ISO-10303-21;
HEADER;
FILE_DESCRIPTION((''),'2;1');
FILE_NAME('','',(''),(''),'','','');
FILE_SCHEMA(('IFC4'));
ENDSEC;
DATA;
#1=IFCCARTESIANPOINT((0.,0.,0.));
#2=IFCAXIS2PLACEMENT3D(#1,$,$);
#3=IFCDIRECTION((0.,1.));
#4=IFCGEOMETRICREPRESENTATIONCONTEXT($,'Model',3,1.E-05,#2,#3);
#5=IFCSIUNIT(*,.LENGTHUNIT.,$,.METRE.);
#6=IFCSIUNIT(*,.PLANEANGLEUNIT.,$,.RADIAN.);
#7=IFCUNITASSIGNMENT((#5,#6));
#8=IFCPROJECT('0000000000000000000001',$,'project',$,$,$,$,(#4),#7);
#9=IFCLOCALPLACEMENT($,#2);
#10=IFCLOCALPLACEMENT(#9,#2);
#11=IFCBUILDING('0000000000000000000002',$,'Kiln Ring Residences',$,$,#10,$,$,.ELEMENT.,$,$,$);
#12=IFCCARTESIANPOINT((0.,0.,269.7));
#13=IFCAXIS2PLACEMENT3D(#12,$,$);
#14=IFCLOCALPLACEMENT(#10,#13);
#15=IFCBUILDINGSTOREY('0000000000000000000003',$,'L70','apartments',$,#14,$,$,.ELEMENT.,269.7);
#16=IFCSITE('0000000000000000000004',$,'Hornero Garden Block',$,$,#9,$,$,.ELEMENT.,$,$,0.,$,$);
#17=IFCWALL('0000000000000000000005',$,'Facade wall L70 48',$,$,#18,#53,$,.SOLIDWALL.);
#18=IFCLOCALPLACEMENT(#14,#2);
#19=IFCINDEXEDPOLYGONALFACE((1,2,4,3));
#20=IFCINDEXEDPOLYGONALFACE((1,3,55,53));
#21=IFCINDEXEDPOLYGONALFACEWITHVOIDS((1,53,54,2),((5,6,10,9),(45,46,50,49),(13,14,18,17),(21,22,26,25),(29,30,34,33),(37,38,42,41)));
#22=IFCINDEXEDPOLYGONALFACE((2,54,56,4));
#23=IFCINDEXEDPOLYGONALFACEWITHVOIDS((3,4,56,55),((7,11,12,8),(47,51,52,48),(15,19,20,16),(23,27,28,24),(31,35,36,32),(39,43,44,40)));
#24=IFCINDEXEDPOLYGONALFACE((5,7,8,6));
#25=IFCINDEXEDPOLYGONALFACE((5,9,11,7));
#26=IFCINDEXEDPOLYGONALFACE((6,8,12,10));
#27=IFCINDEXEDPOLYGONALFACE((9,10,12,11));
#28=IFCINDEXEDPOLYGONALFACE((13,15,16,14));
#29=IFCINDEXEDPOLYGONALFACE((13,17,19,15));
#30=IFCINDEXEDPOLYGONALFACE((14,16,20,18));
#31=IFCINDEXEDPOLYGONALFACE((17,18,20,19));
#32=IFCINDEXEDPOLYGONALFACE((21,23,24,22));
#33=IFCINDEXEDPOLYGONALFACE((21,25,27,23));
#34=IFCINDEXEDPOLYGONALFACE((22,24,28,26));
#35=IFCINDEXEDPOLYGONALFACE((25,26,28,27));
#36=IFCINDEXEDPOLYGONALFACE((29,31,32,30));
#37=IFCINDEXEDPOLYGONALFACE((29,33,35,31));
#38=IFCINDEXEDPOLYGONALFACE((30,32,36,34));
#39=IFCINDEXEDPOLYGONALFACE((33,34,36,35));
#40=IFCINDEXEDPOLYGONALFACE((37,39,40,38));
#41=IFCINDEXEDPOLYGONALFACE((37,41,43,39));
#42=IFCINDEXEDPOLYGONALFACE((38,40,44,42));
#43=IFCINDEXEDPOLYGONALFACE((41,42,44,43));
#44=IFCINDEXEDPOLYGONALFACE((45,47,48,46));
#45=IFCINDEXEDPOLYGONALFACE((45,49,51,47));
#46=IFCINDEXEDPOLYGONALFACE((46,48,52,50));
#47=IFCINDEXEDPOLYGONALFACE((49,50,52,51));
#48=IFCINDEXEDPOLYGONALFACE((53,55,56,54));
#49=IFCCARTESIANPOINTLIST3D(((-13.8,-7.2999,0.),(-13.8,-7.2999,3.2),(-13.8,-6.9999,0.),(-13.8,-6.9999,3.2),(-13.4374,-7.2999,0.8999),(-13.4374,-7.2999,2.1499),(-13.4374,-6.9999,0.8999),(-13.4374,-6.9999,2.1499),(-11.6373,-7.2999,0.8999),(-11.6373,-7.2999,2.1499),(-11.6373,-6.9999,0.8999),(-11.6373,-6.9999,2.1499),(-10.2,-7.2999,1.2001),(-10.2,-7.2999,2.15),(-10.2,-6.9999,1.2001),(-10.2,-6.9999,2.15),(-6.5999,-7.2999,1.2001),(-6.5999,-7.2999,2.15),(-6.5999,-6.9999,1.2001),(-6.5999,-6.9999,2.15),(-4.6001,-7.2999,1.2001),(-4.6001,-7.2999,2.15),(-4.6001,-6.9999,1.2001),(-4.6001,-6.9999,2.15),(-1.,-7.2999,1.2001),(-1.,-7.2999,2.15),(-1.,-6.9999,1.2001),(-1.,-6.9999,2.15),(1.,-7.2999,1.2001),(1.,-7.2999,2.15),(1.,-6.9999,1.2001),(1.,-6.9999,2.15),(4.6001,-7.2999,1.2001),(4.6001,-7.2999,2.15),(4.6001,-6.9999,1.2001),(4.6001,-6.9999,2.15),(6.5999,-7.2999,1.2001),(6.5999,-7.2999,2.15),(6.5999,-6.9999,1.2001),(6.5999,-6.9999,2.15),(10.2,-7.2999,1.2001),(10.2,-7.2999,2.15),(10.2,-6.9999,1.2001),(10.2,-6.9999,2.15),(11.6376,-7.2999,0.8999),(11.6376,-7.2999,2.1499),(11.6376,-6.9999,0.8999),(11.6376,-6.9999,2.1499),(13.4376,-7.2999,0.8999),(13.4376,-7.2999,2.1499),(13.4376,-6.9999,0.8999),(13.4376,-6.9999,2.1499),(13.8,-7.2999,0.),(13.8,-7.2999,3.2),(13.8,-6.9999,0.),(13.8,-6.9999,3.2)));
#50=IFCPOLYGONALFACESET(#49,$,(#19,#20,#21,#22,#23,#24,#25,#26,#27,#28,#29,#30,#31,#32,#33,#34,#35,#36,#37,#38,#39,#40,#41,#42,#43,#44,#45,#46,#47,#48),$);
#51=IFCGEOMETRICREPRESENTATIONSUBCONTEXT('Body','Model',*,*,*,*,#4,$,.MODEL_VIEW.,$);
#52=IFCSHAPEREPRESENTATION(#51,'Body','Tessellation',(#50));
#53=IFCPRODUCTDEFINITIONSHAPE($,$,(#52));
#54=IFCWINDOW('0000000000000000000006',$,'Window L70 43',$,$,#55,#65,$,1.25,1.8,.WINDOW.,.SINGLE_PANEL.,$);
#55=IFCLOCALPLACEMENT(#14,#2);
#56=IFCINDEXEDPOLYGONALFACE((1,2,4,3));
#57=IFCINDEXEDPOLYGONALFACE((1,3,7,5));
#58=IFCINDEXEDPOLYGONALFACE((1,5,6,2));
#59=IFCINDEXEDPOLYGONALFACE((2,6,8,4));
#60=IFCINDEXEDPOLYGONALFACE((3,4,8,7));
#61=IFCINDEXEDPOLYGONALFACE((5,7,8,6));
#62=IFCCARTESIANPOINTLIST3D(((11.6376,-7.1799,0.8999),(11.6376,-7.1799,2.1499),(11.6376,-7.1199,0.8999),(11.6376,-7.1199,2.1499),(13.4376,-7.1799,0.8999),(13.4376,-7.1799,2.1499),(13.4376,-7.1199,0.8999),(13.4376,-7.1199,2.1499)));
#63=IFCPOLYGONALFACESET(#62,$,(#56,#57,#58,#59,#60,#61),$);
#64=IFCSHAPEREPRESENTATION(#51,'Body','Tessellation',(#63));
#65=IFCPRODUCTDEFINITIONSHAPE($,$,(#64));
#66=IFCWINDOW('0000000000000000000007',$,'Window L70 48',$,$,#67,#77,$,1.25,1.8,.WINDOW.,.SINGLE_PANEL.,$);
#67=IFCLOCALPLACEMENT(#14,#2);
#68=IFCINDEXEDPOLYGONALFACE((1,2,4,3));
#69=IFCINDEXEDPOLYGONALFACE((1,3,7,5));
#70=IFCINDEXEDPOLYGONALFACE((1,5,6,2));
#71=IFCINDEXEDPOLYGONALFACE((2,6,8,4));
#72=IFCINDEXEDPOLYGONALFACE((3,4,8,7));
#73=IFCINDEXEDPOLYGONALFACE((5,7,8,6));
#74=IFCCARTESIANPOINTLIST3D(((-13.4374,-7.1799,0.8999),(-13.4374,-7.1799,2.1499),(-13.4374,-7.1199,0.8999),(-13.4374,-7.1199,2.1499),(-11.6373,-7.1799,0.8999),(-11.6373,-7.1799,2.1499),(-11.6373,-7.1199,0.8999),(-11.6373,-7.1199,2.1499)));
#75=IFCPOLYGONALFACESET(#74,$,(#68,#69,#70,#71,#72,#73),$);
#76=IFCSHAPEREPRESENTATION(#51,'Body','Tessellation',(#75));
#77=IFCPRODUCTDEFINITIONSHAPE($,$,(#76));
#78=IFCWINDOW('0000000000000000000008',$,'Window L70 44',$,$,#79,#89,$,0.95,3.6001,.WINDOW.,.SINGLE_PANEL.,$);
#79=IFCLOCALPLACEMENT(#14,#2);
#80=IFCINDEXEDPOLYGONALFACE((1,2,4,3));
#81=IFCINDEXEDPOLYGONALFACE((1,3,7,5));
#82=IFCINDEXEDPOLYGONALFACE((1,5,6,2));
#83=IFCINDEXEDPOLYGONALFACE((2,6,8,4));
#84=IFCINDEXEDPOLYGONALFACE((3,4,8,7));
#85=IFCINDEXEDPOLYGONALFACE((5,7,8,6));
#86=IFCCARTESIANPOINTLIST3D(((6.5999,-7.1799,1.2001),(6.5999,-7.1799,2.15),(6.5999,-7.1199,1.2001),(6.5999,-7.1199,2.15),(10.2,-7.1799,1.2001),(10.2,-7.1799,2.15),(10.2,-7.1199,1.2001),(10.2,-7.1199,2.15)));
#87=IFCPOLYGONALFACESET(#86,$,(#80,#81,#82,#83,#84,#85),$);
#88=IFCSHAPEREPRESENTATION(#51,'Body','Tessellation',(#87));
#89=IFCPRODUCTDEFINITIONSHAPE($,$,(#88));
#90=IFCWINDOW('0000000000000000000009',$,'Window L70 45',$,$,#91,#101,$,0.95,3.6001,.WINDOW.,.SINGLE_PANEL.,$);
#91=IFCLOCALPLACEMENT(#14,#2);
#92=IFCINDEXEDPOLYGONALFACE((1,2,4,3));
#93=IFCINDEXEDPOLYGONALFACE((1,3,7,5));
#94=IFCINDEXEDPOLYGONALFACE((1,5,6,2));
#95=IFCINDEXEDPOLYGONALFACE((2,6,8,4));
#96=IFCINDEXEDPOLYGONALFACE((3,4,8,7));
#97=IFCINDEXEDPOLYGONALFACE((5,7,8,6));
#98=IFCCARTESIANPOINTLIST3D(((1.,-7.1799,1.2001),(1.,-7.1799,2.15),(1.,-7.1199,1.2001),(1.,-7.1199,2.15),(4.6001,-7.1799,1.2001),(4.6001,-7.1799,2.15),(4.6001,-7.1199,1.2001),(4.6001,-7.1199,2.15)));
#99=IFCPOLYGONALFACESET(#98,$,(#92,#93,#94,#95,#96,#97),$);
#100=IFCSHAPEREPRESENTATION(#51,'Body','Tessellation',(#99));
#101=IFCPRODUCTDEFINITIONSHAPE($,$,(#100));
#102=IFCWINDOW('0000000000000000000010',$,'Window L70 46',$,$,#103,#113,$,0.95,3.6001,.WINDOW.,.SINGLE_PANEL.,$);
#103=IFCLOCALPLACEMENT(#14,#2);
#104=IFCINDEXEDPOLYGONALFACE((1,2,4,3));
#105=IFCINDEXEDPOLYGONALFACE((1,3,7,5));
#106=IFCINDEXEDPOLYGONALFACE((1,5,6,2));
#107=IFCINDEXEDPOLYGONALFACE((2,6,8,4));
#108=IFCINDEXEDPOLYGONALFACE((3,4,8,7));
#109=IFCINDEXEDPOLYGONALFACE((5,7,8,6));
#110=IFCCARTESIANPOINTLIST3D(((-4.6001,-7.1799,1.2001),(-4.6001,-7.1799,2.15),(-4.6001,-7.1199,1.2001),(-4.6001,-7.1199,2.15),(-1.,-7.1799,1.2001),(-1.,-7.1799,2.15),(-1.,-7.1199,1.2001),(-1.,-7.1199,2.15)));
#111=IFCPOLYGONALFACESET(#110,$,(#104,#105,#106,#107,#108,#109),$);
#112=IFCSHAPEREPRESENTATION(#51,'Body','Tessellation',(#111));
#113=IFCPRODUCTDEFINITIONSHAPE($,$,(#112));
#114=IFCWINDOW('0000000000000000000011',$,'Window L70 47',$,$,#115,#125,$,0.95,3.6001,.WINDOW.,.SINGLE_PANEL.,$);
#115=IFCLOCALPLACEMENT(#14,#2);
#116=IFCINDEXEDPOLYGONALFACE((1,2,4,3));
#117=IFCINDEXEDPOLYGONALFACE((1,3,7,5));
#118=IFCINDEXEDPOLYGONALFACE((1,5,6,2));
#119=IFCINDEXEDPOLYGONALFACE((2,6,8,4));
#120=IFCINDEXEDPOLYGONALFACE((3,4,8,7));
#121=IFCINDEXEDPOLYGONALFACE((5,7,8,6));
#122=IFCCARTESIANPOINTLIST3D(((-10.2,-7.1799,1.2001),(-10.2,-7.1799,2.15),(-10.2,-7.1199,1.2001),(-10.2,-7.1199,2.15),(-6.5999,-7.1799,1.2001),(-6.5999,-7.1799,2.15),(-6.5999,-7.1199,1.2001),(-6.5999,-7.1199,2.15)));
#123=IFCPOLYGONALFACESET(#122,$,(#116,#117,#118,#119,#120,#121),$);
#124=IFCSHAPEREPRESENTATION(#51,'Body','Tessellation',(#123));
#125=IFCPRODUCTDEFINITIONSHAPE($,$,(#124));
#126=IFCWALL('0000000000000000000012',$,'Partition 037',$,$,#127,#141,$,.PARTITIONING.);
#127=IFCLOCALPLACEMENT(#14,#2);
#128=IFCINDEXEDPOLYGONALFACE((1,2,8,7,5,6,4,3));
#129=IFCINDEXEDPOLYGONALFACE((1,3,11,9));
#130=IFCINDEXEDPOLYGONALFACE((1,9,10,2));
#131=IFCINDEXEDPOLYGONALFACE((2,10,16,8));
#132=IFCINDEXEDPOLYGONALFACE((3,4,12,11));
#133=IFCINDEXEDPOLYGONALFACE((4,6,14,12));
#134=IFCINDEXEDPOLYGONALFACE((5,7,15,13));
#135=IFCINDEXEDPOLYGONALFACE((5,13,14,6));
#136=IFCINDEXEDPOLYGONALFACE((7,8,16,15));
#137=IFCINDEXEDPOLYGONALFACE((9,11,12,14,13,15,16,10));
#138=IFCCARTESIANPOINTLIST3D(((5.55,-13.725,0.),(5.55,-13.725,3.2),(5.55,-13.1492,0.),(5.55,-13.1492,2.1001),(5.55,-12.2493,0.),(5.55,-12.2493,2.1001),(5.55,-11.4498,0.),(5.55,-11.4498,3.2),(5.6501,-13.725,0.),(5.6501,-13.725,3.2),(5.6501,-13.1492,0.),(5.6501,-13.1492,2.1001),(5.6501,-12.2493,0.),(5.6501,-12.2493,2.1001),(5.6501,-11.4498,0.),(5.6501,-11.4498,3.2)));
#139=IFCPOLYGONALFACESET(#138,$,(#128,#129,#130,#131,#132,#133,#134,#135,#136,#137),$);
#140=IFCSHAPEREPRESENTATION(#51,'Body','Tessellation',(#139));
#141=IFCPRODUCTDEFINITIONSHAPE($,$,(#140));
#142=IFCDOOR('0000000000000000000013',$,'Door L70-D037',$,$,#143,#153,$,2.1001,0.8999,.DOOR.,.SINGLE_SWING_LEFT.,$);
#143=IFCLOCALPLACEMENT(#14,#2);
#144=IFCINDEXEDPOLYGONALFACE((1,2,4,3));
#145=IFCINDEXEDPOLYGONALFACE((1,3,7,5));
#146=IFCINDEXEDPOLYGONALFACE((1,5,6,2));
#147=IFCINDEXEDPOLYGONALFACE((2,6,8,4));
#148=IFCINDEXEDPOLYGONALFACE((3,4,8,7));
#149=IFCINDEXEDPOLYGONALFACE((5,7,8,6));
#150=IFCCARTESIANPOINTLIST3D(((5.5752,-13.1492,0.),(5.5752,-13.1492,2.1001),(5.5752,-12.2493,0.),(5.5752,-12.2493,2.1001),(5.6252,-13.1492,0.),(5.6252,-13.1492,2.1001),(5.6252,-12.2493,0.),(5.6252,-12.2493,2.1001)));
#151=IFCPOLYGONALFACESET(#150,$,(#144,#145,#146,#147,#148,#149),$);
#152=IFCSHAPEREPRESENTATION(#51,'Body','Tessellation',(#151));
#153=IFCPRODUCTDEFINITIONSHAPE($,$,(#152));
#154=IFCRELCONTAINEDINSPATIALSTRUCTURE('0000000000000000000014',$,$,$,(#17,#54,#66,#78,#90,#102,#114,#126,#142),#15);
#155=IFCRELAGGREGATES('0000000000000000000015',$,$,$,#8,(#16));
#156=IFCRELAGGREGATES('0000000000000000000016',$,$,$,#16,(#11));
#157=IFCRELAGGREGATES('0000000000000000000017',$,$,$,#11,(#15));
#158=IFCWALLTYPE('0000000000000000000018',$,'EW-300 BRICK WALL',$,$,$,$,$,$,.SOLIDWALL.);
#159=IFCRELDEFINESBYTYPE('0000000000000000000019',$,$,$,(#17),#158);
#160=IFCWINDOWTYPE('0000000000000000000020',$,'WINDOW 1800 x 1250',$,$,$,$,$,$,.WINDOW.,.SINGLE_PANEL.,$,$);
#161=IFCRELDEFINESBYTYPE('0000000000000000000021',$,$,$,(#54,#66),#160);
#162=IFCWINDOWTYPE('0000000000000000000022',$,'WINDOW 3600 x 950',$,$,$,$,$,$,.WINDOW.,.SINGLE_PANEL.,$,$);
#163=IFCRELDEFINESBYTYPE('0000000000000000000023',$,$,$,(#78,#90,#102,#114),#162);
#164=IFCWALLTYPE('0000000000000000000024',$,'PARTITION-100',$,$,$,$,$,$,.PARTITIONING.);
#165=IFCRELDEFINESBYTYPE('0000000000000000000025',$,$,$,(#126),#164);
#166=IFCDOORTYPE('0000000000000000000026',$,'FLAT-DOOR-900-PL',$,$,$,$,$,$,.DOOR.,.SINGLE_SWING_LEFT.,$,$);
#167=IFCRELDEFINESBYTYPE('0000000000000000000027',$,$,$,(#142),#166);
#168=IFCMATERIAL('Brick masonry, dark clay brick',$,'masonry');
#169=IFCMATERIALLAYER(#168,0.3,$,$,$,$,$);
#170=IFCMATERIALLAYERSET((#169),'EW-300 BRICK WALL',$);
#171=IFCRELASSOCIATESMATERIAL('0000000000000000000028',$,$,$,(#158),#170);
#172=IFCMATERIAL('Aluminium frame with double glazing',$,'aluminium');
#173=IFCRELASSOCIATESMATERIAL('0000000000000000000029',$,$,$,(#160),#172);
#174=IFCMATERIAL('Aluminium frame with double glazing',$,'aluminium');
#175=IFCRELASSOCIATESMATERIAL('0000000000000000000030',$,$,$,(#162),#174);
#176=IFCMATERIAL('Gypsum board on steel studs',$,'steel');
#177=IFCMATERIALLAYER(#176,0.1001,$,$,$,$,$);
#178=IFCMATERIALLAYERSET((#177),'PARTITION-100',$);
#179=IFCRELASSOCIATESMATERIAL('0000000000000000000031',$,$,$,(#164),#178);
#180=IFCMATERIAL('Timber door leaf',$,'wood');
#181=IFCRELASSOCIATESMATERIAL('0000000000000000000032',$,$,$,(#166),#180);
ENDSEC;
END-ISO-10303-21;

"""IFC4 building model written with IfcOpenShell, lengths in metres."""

from ifc_helpers import new_model, si_unit, direction, frame, frame_2d, origin, place, context, subcontext, project, spatial, rectangle, extrude, material, layer, layer_set, type_object, element, fill, save


model = new_model("IFC4")

# Units and contexts
model_context = context("Model", 3, precision=1e-05, world=origin(), true_north=direction((0.0, 1.0)))
body_context = subcontext(model_context, "Body", "Model", "MODEL_VIEW")
ifc_project = project(units=[si_unit("LENGTHUNIT", "METRE"), si_unit("PLANEANGLEUNIT", "RADIAN")], contexts=[model_context])

# Site, building, storey
site_placement = place(None, origin())
site = spatial("IfcSite", under=ifc_project, at=site_placement, Name="Hornero Garden Block", CompositionType="ELEMENT", RefElevation=0.0)
building_placement = place(site_placement, origin())
building = spatial("IfcBuilding", under=site, at=building_placement, Name="Kiln Ring Residences", CompositionType="ELEMENT")
storey_placement = place(building_placement, frame((0.0, 0.0, 269.7)))
storey = spatial("IfcBuildingStorey", under=building, at=storey_placement, Name="L70", Description="apartments", CompositionType="ELEMENT", Elevation=269.7)

# Wall, openings, windows
ifc_material_1 = material(Name="Brick masonry, dark clay brick", Category="masonry")
ifc_layer_1 = layer(ifc_material_1, 0.3)
ifc_layer_set_1 = layer_set([ifc_layer_1], Name="EW-300 BRICK WALL")
wall_type_1 = type_object("IfcWallType", Name="EW-300 BRICK WALL", PredefinedType="SOLIDWALL", material=ifc_layer_set_1)
wall_1_placement = place(storey_placement, frame((13.8, -7.1499, 0.0), z_axis=(0.0, 0.0, 1.0), x_axis=(-1.0, 0.0, 0.0)))
wall_1 = element("IfcWall", 1, at=wall_1_placement, inside=storey, type_object=wall_type_1, Name="Facade wall L70 48", PredefinedType="SOLIDWALL", context=body_context, shape_type="SweptSolid", body=[
    extrude(rectangle(XDim=27.6001, YDim=0.3, at=frame_2d((13.8, 0.0))), origin(), (0.0, 0.0, 1.0), 3.2),
])
opening_1_placement = place(wall_1_placement, frame((0.3625, 0.0, 0.8999)))
opening_1 = element("IfcOpeningElement", 2, at=opening_1_placement, cuts=wall_1, PredefinedType="OPENING", context=body_context, shape_type="SweptSolid", body=[
    extrude(rectangle(XDim=1.8, YDim=1.25, at=frame_2d((0.8999, 0.625))), frame((0.0, 0.1599, 0.0), z_axis=(0.0, -1.0, 0.0), x_axis=(1.0, 0.0, 0.0)), (0.0, 0.0, 1.0), 0.3201),
])
opening_2_placement = place(wall_1_placement, frame((3.6001, 0.0, 1.2)))
opening_2 = element("IfcOpeningElement", 3, at=opening_2_placement, cuts=wall_1, PredefinedType="OPENING", context=body_context, shape_type="SweptSolid", body=[
    extrude(rectangle(XDim=3.6001, YDim=0.95, at=frame_2d((1.8, 0.4751))), frame((0.0, 0.1599, 0.0), z_axis=(0.0, -1.0, 0.0), x_axis=(1.0, 0.0, 0.0)), (0.0, 0.0, 1.0), 0.3201),
])
opening_3_placement = place(wall_1_placement, frame((9.2, 0.0, 1.2)))
opening_3 = element("IfcOpeningElement", 4, at=opening_3_placement, cuts=wall_1, PredefinedType="OPENING", context=body_context, shape_type="SweptSolid", body=[
    extrude(rectangle(XDim=3.6001, YDim=0.95, at=frame_2d((1.8, 0.4751))), frame((0.0, 0.1599, 0.0), z_axis=(0.0, -1.0, 0.0), x_axis=(1.0, 0.0, 0.0)), (0.0, 0.0, 1.0), 0.3201),
])
opening_4_placement = place(wall_1_placement, frame((14.8, 0.0, 1.2)))
opening_4 = element("IfcOpeningElement", 5, at=opening_4_placement, cuts=wall_1, PredefinedType="OPENING", context=body_context, shape_type="SweptSolid", body=[
    extrude(rectangle(XDim=3.6001, YDim=0.95, at=frame_2d((1.8, 0.4751))), frame((0.0, 0.1599, 0.0), z_axis=(0.0, -1.0, 0.0), x_axis=(1.0, 0.0, 0.0)), (0.0, 0.0, 1.0), 0.3201),
])
opening_5_placement = place(wall_1_placement, frame((20.3999, 0.0, 1.2)))
opening_5 = element("IfcOpeningElement", 6, at=opening_5_placement, cuts=wall_1, PredefinedType="OPENING", context=body_context, shape_type="SweptSolid", body=[
    extrude(rectangle(XDim=3.6001, YDim=0.95, at=frame_2d((1.8, 0.4751))), frame((0.0, 0.1599, 0.0), z_axis=(0.0, -1.0, 0.0), x_axis=(1.0, 0.0, 0.0)), (0.0, 0.0, 1.0), 0.3201),
])
opening_6_placement = place(wall_1_placement, frame((25.4375, 0.0, 0.8999)))
opening_6 = element("IfcOpeningElement", 7, at=opening_6_placement, cuts=wall_1, PredefinedType="OPENING", context=body_context, shape_type="SweptSolid", body=[
    extrude(rectangle(XDim=1.8, YDim=1.25, at=frame_2d((0.8999, 0.625))), frame((0.0, 0.1599, 0.0), z_axis=(0.0, -1.0, 0.0), x_axis=(1.0, 0.0, 0.0)), (0.0, 0.0, 1.0), 0.3201),
])
ifc_material_2 = material(Name="Aluminium frame with double glazing", Category="aluminium")
window_type_1 = type_object("IfcWindowType", Name="WINDOW 1800 x 1250", PartitioningType="SINGLE_PANEL", PredefinedType="WINDOW", material=ifc_material_2)
window_1_placement = place(opening_1_placement, origin())
window_1 = element("IfcWindow", 8, at=window_1_placement, inside=storey, type_object=window_type_1, Name="Window L70 43", OverallHeight=1.25, OverallWidth=1.8, PartitioningType="SINGLE_PANEL", PredefinedType="WINDOW", context=body_context, shape_type="SweptSolid", body=[
    extrude(rectangle(XDim=1.8, YDim=1.25, at=frame_2d((0.8999, 0.625))), frame((0.0, 0.03, 0.0), z_axis=(0.0, -1.0, 0.0), x_axis=(1.0, 0.0, 0.0)), (0.0, 0.0, 1.0), 0.0601),
])
fill(opening_1, window_1)
window_2_placement = place(opening_6_placement, origin())
window_2 = element("IfcWindow", 9, at=window_2_placement, inside=storey, type_object=window_type_1, Name="Window L70 48", OverallHeight=1.25, OverallWidth=1.8, PartitioningType="SINGLE_PANEL", PredefinedType="WINDOW", context=body_context, shape_type="SweptSolid", body=[
    extrude(rectangle(XDim=1.8, YDim=1.25, at=frame_2d((0.8999, 0.625))), frame((0.0, 0.03, 0.0), z_axis=(0.0, -1.0, 0.0), x_axis=(1.0, 0.0, 0.0)), (0.0, 0.0, 1.0), 0.0601),
])
fill(opening_6, window_2)
ifc_material_3 = material(Name="Aluminium frame with double glazing", Category="aluminium")
window_type_2 = type_object("IfcWindowType", Name="WINDOW 3600 x 950", PartitioningType="SINGLE_PANEL", PredefinedType="WINDOW", material=ifc_material_3)
window_3_placement = place(opening_2_placement, origin())
window_3 = element("IfcWindow", 10, at=window_3_placement, inside=storey, type_object=window_type_2, Name="Window L70 44", OverallHeight=0.95, OverallWidth=3.6001, PartitioningType="SINGLE_PANEL", PredefinedType="WINDOW", context=body_context, shape_type="SweptSolid", body=[
    extrude(rectangle(XDim=3.6001, YDim=0.95, at=frame_2d((1.8, 0.4751))), frame((0.0, 0.03, 0.0), z_axis=(0.0, -1.0, 0.0), x_axis=(1.0, 0.0, 0.0)), (0.0, 0.0, 1.0), 0.0601),
])
fill(opening_2, window_3)
window_4_placement = place(opening_3_placement, origin())
window_4 = element("IfcWindow", 11, at=window_4_placement, inside=storey, type_object=window_type_2, Name="Window L70 45", OverallHeight=0.95, OverallWidth=3.6001, PartitioningType="SINGLE_PANEL", PredefinedType="WINDOW", context=body_context, shape_type="SweptSolid", body=[
    extrude(rectangle(XDim=3.6001, YDim=0.95, at=frame_2d((1.8, 0.4751))), frame((0.0, 0.03, 0.0), z_axis=(0.0, -1.0, 0.0), x_axis=(1.0, 0.0, 0.0)), (0.0, 0.0, 1.0), 0.0601),
])
fill(opening_3, window_4)
window_5_placement = place(opening_4_placement, origin())
window_5 = element("IfcWindow", 12, at=window_5_placement, inside=storey, type_object=window_type_2, Name="Window L70 46", OverallHeight=0.95, OverallWidth=3.6001, PartitioningType="SINGLE_PANEL", PredefinedType="WINDOW", context=body_context, shape_type="SweptSolid", body=[
    extrude(rectangle(XDim=3.6001, YDim=0.95, at=frame_2d((1.8, 0.4751))), frame((0.0, 0.03, 0.0), z_axis=(0.0, -1.0, 0.0), x_axis=(1.0, 0.0, 0.0)), (0.0, 0.0, 1.0), 0.0601),
])
fill(opening_4, window_5)
window_6_placement = place(opening_5_placement, origin())
window_6 = element("IfcWindow", 13, at=window_6_placement, inside=storey, type_object=window_type_2, Name="Window L70 47", OverallHeight=0.95, OverallWidth=3.6001, PartitioningType="SINGLE_PANEL", PredefinedType="WINDOW", context=body_context, shape_type="SweptSolid", body=[
    extrude(rectangle(XDim=3.6001, YDim=0.95, at=frame_2d((1.8, 0.4751))), frame((0.0, 0.03, 0.0), z_axis=(0.0, -1.0, 0.0), x_axis=(1.0, 0.0, 0.0)), (0.0, 0.0, 1.0), 0.0601),
])
fill(opening_5, window_6)

# Wall, opening, door
ifc_material_4 = material(Name="Gypsum board on steel studs", Category="steel")
ifc_layer_2 = layer(ifc_material_4, 0.1001)
ifc_layer_set_2 = layer_set([ifc_layer_2], Name="PARTITION-100")
wall_type_2 = type_object("IfcWallType", Name="PARTITION-100", PredefinedType="PARTITIONING", material=ifc_layer_set_2)
wall_2_placement = place(storey_placement, frame((5.6001, -13.7251, 0.0), z_axis=(0.0, 0.0, 1.0), x_axis=(0.0, 1.0, 0.0)))
wall_2 = element("IfcWall", 14, at=wall_2_placement, inside=storey, type_object=wall_type_2, Name="Partition 037", PredefinedType="PARTITIONING", context=body_context, shape_type="SweptSolid", body=[
    extrude(rectangle(XDim=2.2751, YDim=0.1001, at=frame_2d((1.1377, 0.0))), origin(), (0.0, 0.0, 1.0), 3.2),
])
opening_7_placement = place(wall_2_placement, frame((0.5759, 0.0, 0.0)))
opening_7 = element("IfcOpeningElement", 15, at=opening_7_placement, cuts=wall_2, PredefinedType="OPENING", context=body_context, shape_type="SweptSolid", body=[
    extrude(rectangle(XDim=0.8999, YDim=2.1001, at=frame_2d((0.45, 1.05))), frame((0.0, 0.0601, 0.0), z_axis=(0.0, -1.0, 0.0), x_axis=(1.0, 0.0, 0.0)), (0.0, 0.0, 1.0), 0.1201),
])
ifc_material_5 = material(Name="Timber door leaf", Category="wood")
door_type_1 = type_object("IfcDoorType", Name="FLAT-DOOR-900-PL", OperationType="SINGLE_SWING_LEFT", PredefinedType="DOOR", material=ifc_material_5)
door_1_placement = place(opening_7_placement, origin())
door_1 = element("IfcDoor", 16, at=door_1_placement, inside=storey, type_object=door_type_1, Name="Door L70-D037", OperationType="SINGLE_SWING_LEFT", OverallHeight=2.1001, OverallWidth=0.8999, PredefinedType="DOOR", context=body_context, shape_type="SweptSolid", body=[
    extrude(rectangle(XDim=0.8999, YDim=2.1001, at=frame_2d((0.45, 1.05))), frame((0.0, 0.0249, 0.0), z_axis=(0.0, -1.0, 0.0), x_axis=(1.0, 0.0, 0.0)), (0.0, 0.0, 1.0), 0.05),
])
fill(opening_7, door_1)

save(model, "model.ifc")
